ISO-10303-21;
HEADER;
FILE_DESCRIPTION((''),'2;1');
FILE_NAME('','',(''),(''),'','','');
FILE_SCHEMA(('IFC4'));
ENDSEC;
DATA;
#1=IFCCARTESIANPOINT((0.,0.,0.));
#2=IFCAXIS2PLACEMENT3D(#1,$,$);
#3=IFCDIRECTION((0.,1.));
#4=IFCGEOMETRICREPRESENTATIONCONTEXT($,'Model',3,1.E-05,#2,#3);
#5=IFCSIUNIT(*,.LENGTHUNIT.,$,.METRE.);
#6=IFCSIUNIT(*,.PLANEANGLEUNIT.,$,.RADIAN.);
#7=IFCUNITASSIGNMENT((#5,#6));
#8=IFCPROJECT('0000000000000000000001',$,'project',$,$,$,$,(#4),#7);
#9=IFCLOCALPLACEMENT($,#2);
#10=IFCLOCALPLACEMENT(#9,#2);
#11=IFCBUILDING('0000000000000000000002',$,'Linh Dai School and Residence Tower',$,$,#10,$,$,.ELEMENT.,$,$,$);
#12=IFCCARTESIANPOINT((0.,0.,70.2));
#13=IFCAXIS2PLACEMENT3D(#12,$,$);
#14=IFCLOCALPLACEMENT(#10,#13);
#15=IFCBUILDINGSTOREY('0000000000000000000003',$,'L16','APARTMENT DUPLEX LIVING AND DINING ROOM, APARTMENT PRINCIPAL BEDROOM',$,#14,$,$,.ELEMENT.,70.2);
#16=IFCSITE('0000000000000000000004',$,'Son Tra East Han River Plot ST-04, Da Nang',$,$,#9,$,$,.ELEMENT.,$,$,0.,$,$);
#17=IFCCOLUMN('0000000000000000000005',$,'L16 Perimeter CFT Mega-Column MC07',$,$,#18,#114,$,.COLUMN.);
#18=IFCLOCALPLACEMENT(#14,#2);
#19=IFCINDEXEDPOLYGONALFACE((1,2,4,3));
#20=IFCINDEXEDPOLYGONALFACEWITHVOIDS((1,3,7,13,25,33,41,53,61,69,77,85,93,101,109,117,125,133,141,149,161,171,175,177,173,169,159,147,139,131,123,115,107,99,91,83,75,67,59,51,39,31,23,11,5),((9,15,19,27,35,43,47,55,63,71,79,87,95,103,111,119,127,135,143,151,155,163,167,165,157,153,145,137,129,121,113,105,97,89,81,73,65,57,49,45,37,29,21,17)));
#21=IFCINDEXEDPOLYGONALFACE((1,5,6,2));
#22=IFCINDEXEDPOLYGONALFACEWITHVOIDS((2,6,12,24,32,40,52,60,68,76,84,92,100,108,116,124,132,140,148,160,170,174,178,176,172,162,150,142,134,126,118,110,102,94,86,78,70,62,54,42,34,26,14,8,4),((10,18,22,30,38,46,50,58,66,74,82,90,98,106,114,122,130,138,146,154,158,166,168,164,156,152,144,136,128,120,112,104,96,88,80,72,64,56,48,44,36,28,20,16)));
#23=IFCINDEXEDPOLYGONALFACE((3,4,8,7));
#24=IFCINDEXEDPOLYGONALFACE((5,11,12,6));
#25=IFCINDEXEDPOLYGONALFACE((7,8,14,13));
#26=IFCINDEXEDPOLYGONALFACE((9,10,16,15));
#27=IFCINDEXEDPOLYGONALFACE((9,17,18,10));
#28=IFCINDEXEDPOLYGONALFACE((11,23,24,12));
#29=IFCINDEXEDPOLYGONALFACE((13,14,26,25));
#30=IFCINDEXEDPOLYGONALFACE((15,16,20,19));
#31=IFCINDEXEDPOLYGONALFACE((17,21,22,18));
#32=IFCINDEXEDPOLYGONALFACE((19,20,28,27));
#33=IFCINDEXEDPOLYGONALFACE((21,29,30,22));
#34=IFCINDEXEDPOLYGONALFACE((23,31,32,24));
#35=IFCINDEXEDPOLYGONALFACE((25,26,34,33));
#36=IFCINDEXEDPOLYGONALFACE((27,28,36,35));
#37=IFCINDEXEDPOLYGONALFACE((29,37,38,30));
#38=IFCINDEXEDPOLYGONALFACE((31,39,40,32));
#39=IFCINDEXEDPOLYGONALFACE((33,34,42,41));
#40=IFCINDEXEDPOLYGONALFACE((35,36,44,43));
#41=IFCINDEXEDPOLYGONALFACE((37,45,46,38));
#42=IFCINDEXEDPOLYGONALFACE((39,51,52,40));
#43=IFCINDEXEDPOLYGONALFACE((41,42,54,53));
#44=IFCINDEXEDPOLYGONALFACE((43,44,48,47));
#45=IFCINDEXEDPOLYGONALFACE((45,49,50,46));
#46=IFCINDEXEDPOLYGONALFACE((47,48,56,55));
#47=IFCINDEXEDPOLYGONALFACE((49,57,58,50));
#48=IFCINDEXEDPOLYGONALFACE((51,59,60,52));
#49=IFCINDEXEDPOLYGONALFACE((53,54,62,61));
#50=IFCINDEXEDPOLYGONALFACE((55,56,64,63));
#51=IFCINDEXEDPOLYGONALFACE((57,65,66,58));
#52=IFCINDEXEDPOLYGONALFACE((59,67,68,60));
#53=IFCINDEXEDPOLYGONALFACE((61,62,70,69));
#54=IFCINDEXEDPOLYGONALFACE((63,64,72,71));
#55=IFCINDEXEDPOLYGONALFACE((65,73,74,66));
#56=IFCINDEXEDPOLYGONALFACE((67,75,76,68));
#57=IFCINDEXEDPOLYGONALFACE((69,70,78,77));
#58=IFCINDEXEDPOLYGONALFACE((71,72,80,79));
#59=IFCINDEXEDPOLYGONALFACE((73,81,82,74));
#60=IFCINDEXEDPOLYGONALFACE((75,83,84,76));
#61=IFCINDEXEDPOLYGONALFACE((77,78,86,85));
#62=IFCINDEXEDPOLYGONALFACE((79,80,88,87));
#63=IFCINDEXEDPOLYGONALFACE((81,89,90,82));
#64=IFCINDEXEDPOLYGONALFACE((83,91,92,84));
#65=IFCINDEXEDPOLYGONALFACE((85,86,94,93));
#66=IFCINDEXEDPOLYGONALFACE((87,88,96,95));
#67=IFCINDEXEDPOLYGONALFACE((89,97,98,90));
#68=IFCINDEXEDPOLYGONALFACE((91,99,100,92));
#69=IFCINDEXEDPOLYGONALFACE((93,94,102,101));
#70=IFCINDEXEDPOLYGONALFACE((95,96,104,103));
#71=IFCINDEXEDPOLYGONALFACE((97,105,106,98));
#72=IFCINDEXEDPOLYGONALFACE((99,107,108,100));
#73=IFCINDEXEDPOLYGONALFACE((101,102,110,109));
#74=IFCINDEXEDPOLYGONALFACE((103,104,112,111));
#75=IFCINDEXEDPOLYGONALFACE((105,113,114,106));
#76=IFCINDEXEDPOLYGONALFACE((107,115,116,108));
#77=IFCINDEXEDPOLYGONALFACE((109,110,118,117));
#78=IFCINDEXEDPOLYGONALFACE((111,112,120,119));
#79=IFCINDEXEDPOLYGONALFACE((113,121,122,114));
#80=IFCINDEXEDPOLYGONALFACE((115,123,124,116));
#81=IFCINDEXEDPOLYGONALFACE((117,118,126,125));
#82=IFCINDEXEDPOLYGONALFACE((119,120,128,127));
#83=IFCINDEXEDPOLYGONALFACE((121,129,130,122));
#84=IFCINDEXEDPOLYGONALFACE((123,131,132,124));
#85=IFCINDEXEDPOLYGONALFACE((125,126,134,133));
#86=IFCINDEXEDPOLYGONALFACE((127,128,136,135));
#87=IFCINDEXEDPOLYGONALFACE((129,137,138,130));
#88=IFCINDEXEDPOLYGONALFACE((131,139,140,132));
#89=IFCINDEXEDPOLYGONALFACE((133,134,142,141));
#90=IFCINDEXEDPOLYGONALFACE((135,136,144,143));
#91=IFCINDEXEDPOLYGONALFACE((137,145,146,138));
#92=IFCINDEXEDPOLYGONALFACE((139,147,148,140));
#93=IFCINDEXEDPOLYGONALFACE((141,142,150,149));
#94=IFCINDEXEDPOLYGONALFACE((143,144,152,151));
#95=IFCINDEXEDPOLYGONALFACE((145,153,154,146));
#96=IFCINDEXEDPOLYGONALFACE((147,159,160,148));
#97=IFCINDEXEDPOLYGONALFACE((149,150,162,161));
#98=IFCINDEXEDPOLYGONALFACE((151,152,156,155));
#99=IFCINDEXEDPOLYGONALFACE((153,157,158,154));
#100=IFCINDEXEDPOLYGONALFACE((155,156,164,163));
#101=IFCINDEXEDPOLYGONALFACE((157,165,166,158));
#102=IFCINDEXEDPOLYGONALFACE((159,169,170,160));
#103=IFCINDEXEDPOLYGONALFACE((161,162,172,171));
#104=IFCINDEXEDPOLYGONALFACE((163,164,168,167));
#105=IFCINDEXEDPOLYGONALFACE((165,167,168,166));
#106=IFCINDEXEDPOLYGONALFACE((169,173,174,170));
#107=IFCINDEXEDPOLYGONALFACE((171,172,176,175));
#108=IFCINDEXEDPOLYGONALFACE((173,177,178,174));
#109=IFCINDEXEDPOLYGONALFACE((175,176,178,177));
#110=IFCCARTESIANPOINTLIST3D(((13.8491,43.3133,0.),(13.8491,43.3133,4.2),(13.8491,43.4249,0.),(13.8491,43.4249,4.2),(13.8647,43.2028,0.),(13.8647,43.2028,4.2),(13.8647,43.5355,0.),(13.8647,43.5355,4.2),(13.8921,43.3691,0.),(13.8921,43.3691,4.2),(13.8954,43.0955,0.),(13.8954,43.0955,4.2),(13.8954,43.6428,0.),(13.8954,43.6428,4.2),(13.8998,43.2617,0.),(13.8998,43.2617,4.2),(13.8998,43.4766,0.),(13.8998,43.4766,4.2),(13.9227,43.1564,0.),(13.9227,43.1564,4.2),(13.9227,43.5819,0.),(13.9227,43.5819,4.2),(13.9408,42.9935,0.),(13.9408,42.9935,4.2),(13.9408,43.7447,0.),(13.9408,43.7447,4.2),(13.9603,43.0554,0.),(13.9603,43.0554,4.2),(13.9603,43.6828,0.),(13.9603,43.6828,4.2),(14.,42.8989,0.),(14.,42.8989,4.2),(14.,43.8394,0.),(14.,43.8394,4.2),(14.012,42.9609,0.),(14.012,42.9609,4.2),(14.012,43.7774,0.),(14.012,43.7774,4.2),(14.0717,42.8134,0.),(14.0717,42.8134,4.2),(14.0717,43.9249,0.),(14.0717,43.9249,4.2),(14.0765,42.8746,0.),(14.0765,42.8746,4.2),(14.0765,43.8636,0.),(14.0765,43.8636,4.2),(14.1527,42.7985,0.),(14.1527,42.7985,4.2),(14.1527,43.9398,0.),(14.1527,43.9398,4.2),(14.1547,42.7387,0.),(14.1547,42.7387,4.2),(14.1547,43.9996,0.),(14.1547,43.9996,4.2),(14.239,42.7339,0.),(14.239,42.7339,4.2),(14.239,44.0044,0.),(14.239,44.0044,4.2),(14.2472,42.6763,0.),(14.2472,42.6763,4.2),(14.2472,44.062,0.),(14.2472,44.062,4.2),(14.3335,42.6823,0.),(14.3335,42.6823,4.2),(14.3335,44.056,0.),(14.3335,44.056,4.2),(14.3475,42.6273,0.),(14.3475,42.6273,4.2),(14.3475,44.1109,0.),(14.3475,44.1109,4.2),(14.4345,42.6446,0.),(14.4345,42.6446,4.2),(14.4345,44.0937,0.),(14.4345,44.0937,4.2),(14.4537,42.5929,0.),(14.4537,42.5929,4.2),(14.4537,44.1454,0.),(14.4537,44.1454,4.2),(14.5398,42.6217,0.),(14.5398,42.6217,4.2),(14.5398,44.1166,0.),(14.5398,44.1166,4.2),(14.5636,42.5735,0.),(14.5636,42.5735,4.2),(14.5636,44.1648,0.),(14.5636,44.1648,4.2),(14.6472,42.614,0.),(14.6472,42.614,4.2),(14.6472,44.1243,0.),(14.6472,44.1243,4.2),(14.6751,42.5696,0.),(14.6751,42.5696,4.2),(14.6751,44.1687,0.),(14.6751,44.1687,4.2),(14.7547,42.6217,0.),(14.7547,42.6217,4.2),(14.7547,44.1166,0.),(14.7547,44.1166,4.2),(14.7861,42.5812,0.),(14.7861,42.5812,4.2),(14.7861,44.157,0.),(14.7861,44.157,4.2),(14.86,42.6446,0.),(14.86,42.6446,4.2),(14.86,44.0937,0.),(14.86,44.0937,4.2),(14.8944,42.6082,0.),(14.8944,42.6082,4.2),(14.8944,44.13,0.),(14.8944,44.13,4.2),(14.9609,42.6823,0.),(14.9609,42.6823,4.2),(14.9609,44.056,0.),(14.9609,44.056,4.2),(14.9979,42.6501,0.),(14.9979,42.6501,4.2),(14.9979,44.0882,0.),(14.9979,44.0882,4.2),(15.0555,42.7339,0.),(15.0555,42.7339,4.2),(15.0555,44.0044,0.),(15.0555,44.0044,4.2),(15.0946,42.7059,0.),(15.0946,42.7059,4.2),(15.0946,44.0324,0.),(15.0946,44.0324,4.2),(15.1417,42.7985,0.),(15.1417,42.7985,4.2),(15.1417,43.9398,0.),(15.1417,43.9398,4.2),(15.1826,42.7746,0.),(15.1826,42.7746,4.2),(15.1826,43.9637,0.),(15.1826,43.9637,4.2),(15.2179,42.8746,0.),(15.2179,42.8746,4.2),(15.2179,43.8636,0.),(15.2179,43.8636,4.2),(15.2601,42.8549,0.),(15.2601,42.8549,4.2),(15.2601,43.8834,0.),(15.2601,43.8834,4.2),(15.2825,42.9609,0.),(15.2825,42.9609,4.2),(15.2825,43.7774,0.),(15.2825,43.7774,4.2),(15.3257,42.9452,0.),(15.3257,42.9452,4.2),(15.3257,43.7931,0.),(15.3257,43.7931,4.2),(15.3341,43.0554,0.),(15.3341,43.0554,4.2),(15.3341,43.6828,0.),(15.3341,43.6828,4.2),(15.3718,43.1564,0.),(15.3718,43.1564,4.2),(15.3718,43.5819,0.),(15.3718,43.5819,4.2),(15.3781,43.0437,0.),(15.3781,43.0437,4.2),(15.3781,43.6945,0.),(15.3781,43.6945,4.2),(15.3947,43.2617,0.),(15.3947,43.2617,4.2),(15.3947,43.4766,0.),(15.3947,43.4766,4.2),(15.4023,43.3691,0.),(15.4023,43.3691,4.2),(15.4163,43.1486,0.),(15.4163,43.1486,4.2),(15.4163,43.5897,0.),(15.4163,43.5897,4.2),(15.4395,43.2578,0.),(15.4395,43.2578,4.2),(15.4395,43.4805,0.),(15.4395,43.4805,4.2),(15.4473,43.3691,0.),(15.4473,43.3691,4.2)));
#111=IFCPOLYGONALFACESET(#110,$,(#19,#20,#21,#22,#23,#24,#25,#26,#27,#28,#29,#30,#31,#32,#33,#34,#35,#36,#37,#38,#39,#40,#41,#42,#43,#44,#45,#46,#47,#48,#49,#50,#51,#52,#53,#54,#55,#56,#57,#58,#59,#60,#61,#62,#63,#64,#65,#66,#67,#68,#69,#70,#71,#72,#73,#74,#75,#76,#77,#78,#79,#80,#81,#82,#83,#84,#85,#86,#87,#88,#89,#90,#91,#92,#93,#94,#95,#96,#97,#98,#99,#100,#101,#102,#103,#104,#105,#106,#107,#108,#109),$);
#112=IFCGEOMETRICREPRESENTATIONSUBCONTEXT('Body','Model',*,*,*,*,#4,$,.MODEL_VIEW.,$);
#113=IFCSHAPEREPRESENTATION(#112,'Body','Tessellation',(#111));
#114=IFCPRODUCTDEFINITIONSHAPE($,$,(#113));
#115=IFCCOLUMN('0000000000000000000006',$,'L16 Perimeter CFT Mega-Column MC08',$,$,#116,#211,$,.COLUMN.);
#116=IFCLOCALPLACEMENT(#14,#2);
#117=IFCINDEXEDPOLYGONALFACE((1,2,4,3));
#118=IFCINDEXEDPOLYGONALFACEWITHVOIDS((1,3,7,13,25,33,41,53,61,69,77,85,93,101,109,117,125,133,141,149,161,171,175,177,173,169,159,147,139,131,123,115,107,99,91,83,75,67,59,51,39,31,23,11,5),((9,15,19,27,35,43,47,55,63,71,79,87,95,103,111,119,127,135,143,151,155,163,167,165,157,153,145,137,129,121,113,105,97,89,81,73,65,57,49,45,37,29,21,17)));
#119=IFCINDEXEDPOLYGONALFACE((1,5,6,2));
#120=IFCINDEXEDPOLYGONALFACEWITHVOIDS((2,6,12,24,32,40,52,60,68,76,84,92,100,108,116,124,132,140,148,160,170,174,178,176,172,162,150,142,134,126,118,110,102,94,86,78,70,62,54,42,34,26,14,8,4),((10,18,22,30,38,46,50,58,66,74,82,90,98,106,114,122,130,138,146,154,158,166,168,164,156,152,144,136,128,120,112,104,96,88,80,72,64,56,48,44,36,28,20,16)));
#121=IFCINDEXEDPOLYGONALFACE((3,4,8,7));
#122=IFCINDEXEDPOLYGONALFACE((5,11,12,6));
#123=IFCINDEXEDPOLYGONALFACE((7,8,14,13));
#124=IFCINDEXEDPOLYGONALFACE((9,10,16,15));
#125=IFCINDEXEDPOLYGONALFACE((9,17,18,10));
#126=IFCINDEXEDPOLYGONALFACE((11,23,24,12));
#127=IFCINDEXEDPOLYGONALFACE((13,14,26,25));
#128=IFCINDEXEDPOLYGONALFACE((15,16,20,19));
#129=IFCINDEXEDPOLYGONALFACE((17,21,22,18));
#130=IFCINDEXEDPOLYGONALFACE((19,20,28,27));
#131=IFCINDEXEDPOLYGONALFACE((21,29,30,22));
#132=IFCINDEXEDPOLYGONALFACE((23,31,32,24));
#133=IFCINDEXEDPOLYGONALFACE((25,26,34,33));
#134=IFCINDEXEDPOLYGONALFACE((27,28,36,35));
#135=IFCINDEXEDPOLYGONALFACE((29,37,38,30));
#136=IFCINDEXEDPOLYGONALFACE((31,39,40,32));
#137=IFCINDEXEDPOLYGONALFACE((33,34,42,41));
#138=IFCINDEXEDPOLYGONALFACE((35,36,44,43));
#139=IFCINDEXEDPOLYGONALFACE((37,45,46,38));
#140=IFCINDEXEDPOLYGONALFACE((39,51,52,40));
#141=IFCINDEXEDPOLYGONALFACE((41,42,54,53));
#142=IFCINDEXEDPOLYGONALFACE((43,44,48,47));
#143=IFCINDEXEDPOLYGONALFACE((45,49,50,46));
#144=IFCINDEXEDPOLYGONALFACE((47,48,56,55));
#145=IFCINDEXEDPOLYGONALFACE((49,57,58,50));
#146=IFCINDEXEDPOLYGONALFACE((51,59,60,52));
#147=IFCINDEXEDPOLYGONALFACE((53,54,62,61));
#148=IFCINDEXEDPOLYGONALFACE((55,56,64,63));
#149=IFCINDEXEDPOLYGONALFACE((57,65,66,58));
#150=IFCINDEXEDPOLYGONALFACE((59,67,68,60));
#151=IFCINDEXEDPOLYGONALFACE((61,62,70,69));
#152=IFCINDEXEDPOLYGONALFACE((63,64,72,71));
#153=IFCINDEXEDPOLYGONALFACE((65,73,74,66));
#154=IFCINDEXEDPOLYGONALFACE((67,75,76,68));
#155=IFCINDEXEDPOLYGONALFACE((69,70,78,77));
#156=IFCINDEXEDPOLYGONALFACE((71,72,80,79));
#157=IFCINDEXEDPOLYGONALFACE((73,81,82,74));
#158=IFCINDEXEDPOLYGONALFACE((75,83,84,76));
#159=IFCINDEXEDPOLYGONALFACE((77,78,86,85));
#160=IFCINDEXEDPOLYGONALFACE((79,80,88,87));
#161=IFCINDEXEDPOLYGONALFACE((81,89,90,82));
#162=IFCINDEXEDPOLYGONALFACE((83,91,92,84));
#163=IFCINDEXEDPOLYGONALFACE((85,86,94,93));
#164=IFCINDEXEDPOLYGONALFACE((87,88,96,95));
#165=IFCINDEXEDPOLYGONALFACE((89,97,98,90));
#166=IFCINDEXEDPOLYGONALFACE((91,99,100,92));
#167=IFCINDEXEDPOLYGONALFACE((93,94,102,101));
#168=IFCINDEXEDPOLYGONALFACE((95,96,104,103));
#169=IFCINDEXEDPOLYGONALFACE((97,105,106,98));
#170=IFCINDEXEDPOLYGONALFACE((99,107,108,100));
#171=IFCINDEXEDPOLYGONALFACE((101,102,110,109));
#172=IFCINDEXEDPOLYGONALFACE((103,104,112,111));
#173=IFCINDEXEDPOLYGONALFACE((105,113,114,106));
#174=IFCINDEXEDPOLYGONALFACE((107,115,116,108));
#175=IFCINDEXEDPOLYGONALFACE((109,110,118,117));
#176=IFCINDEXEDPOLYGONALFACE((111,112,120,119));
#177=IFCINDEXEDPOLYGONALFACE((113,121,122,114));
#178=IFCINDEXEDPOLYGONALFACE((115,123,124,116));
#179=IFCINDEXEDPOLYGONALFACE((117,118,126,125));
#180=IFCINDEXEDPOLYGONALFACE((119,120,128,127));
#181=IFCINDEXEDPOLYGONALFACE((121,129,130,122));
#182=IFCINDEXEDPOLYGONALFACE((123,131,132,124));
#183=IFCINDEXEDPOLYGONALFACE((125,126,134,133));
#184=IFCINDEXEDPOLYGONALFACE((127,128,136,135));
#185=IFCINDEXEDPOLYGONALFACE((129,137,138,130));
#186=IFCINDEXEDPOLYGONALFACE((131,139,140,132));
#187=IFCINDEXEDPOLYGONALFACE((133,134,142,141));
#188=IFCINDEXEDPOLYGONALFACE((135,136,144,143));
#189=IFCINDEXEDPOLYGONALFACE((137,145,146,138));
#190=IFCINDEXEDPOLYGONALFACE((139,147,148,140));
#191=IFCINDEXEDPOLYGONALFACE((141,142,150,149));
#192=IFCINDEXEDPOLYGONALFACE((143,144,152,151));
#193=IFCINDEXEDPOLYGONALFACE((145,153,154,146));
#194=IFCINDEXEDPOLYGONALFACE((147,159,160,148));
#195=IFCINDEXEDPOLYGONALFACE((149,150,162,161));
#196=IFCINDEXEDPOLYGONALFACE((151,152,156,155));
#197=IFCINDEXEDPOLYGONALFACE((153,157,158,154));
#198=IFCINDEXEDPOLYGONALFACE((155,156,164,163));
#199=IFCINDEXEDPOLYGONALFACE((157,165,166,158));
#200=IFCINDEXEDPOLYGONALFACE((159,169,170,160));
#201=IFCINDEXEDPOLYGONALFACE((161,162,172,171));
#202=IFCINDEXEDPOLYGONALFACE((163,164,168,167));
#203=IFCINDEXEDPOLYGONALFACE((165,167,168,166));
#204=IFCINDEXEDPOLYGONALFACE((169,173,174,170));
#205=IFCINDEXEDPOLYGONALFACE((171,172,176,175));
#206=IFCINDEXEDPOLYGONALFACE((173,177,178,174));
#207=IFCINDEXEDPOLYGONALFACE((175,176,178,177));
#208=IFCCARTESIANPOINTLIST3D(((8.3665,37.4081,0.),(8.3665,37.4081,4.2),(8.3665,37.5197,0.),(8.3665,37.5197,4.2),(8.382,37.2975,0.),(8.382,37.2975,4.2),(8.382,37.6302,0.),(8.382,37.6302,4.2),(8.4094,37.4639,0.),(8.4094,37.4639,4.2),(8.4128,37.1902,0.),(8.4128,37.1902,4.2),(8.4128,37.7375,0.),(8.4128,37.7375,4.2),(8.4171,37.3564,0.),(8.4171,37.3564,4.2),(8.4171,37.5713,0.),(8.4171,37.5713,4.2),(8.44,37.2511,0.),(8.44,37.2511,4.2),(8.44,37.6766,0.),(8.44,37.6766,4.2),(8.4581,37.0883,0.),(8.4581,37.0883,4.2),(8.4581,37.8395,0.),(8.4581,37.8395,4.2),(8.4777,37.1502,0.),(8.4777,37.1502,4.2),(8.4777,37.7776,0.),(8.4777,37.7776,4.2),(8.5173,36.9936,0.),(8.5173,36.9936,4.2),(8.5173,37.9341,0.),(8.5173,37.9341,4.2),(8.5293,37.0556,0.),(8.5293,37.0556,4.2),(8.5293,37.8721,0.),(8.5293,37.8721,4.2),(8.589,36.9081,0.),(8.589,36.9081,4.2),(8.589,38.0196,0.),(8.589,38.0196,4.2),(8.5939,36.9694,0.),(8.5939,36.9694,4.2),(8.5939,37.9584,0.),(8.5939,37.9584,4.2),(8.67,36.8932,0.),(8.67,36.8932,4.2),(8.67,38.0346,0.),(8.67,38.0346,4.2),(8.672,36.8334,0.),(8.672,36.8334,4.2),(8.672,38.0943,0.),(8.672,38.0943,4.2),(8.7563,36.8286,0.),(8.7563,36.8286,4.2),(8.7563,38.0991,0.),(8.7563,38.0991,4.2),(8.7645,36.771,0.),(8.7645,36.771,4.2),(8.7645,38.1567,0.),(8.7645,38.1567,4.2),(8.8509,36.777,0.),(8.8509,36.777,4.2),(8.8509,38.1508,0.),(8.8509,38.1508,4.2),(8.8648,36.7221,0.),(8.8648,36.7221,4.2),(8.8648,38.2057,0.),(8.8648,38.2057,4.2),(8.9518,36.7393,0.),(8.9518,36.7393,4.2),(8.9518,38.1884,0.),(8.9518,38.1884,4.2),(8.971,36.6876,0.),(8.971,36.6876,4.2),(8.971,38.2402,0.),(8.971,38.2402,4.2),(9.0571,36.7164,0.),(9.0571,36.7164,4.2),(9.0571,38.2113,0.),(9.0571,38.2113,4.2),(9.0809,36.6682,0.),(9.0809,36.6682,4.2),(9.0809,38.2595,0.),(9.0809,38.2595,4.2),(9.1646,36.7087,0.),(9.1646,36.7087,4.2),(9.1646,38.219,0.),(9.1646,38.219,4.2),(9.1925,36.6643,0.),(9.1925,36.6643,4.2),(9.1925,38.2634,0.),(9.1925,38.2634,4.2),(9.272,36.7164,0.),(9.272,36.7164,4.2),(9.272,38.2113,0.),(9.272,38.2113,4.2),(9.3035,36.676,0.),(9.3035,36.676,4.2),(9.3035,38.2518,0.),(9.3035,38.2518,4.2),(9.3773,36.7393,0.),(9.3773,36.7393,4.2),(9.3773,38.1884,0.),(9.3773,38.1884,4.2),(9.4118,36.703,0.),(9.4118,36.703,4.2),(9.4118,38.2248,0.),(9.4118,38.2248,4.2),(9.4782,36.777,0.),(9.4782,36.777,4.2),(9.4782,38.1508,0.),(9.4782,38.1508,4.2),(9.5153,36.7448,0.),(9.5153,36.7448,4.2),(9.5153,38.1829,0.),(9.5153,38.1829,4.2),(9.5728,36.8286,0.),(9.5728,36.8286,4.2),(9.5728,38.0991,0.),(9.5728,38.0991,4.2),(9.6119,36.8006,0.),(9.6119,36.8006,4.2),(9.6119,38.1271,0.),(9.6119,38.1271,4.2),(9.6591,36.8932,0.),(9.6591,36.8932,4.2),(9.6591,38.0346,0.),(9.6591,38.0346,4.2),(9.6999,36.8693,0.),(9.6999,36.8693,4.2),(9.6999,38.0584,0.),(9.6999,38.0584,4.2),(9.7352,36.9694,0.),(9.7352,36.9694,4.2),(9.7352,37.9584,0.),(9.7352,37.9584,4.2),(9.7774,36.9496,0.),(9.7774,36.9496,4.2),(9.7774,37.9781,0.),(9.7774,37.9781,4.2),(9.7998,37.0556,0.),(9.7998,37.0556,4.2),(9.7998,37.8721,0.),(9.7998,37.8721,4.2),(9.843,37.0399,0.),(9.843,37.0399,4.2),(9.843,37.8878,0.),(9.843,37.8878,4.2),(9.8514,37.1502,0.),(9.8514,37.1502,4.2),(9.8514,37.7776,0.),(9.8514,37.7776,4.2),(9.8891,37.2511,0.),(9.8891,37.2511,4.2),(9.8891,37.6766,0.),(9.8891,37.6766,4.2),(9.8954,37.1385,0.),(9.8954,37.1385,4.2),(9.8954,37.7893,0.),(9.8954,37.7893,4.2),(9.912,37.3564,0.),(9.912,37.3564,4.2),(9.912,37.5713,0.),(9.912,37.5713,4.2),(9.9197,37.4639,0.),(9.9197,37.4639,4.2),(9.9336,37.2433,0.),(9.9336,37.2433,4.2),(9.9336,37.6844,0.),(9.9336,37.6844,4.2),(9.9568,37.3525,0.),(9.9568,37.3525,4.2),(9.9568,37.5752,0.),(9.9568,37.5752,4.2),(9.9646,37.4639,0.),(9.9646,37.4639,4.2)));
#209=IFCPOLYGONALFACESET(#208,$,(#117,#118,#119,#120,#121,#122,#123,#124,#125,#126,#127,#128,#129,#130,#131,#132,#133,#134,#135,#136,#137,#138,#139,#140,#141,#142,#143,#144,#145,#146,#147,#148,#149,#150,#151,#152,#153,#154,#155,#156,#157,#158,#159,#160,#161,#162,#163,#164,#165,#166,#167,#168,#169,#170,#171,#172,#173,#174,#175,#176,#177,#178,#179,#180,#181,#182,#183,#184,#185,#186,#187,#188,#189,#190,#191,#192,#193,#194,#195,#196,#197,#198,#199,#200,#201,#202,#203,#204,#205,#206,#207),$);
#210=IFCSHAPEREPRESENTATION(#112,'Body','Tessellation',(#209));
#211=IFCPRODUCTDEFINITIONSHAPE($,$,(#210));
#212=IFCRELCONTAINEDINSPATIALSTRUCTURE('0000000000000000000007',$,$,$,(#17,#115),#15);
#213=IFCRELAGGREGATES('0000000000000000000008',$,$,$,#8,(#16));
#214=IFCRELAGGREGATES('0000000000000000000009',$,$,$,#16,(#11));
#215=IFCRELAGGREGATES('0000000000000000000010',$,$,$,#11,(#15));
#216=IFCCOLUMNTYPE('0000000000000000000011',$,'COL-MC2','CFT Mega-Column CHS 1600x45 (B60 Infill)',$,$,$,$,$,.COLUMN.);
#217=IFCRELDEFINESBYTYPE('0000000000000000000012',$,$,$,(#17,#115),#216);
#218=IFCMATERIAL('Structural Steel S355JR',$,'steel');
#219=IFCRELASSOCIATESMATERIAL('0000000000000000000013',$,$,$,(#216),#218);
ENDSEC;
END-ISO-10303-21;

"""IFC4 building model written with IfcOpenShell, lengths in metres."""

from ifc_helpers import new_model, si_unit, direction, frame, origin, origin_2d, place, context, subcontext, project, spatial, hollow_circle, extrude, material, material_profile, profile_set, type_object, element, save


model = new_model("IFC4")

# Units and contexts
model_context = context("Model", 3, precision=1e-05, world=origin(), true_north=direction((0.0, 1.0)))
body_context = subcontext(model_context, "Body", "Model", "MODEL_VIEW")
ifc_project = project(units=[si_unit("LENGTHUNIT", "METRE"), si_unit("PLANEANGLEUNIT", "RADIAN")], contexts=[model_context])

# Site, building, storey
site_placement = place(None, origin())
site = spatial("IfcSite", under=ifc_project, at=site_placement, Name="Son Tra East Han River Plot ST-04, Da Nang", CompositionType="ELEMENT", RefElevation=0.0)
building_placement = place(site_placement, origin())
building = spatial("IfcBuilding", under=site, at=building_placement, Name="Linh Dai School and Residence Tower", CompositionType="ELEMENT")
storey_placement = place(building_placement, frame((0.0, 0.0, 70.2)))
storey = spatial("IfcBuildingStorey", under=building, at=storey_placement, Name="L16", Description="APARTMENT DUPLEX LIVING AND DINING ROOM, APARTMENT PRINCIPAL BEDROOM", CompositionType="ELEMENT", Elevation=70.2)

# Columns
ifc_material_1 = material(Name="Structural Steel S355JR", Category="steel")
ifc_material_profile_1 = material_profile(ifc_material_1, hollow_circle(Radius=0.8, WallThickness=0.0449, at=origin_2d()), Name="CHS 1600x45")
ifc_profile_set_1 = profile_set([ifc_material_profile_1], Name="Structural Steel S355JR")
column_type = type_object("IfcColumnType", Name="COL-MC2", Description="CFT Mega-Column CHS 1600x45 (B60 Infill)", PredefinedType="COLUMN", material=ifc_profile_set_1)
for number, where, z_axis, x_axis, name in (
    (1, (14.6472, 43.3691, 0.0), (0.0, 0.0, 1.0), (1.0, 0.0, 0.0), "L16 Perimeter CFT Mega-Column MC07"),
    (2, (9.1646, 37.4639, 0.0), (0.0, 0.0, 1.0), (1.0, 0.0, 0.0), "L16 Perimeter CFT Mega-Column MC08"),
):
    element("IfcColumn", number, at=place(storey_placement, frame(where, z_axis=z_axis, x_axis=x_axis)), inside=storey, type_object=column_type, Name=name, PredefinedType="COLUMN", context=body_context, shape_type="SweptSolid", body=[
        extrude(hollow_circle(Radius=0.8, WallThickness=0.0449, at=origin_2d()), origin(), (0.0, 0.0, 1.0), 4.2),
    ])

save(model, "model.ifc")
